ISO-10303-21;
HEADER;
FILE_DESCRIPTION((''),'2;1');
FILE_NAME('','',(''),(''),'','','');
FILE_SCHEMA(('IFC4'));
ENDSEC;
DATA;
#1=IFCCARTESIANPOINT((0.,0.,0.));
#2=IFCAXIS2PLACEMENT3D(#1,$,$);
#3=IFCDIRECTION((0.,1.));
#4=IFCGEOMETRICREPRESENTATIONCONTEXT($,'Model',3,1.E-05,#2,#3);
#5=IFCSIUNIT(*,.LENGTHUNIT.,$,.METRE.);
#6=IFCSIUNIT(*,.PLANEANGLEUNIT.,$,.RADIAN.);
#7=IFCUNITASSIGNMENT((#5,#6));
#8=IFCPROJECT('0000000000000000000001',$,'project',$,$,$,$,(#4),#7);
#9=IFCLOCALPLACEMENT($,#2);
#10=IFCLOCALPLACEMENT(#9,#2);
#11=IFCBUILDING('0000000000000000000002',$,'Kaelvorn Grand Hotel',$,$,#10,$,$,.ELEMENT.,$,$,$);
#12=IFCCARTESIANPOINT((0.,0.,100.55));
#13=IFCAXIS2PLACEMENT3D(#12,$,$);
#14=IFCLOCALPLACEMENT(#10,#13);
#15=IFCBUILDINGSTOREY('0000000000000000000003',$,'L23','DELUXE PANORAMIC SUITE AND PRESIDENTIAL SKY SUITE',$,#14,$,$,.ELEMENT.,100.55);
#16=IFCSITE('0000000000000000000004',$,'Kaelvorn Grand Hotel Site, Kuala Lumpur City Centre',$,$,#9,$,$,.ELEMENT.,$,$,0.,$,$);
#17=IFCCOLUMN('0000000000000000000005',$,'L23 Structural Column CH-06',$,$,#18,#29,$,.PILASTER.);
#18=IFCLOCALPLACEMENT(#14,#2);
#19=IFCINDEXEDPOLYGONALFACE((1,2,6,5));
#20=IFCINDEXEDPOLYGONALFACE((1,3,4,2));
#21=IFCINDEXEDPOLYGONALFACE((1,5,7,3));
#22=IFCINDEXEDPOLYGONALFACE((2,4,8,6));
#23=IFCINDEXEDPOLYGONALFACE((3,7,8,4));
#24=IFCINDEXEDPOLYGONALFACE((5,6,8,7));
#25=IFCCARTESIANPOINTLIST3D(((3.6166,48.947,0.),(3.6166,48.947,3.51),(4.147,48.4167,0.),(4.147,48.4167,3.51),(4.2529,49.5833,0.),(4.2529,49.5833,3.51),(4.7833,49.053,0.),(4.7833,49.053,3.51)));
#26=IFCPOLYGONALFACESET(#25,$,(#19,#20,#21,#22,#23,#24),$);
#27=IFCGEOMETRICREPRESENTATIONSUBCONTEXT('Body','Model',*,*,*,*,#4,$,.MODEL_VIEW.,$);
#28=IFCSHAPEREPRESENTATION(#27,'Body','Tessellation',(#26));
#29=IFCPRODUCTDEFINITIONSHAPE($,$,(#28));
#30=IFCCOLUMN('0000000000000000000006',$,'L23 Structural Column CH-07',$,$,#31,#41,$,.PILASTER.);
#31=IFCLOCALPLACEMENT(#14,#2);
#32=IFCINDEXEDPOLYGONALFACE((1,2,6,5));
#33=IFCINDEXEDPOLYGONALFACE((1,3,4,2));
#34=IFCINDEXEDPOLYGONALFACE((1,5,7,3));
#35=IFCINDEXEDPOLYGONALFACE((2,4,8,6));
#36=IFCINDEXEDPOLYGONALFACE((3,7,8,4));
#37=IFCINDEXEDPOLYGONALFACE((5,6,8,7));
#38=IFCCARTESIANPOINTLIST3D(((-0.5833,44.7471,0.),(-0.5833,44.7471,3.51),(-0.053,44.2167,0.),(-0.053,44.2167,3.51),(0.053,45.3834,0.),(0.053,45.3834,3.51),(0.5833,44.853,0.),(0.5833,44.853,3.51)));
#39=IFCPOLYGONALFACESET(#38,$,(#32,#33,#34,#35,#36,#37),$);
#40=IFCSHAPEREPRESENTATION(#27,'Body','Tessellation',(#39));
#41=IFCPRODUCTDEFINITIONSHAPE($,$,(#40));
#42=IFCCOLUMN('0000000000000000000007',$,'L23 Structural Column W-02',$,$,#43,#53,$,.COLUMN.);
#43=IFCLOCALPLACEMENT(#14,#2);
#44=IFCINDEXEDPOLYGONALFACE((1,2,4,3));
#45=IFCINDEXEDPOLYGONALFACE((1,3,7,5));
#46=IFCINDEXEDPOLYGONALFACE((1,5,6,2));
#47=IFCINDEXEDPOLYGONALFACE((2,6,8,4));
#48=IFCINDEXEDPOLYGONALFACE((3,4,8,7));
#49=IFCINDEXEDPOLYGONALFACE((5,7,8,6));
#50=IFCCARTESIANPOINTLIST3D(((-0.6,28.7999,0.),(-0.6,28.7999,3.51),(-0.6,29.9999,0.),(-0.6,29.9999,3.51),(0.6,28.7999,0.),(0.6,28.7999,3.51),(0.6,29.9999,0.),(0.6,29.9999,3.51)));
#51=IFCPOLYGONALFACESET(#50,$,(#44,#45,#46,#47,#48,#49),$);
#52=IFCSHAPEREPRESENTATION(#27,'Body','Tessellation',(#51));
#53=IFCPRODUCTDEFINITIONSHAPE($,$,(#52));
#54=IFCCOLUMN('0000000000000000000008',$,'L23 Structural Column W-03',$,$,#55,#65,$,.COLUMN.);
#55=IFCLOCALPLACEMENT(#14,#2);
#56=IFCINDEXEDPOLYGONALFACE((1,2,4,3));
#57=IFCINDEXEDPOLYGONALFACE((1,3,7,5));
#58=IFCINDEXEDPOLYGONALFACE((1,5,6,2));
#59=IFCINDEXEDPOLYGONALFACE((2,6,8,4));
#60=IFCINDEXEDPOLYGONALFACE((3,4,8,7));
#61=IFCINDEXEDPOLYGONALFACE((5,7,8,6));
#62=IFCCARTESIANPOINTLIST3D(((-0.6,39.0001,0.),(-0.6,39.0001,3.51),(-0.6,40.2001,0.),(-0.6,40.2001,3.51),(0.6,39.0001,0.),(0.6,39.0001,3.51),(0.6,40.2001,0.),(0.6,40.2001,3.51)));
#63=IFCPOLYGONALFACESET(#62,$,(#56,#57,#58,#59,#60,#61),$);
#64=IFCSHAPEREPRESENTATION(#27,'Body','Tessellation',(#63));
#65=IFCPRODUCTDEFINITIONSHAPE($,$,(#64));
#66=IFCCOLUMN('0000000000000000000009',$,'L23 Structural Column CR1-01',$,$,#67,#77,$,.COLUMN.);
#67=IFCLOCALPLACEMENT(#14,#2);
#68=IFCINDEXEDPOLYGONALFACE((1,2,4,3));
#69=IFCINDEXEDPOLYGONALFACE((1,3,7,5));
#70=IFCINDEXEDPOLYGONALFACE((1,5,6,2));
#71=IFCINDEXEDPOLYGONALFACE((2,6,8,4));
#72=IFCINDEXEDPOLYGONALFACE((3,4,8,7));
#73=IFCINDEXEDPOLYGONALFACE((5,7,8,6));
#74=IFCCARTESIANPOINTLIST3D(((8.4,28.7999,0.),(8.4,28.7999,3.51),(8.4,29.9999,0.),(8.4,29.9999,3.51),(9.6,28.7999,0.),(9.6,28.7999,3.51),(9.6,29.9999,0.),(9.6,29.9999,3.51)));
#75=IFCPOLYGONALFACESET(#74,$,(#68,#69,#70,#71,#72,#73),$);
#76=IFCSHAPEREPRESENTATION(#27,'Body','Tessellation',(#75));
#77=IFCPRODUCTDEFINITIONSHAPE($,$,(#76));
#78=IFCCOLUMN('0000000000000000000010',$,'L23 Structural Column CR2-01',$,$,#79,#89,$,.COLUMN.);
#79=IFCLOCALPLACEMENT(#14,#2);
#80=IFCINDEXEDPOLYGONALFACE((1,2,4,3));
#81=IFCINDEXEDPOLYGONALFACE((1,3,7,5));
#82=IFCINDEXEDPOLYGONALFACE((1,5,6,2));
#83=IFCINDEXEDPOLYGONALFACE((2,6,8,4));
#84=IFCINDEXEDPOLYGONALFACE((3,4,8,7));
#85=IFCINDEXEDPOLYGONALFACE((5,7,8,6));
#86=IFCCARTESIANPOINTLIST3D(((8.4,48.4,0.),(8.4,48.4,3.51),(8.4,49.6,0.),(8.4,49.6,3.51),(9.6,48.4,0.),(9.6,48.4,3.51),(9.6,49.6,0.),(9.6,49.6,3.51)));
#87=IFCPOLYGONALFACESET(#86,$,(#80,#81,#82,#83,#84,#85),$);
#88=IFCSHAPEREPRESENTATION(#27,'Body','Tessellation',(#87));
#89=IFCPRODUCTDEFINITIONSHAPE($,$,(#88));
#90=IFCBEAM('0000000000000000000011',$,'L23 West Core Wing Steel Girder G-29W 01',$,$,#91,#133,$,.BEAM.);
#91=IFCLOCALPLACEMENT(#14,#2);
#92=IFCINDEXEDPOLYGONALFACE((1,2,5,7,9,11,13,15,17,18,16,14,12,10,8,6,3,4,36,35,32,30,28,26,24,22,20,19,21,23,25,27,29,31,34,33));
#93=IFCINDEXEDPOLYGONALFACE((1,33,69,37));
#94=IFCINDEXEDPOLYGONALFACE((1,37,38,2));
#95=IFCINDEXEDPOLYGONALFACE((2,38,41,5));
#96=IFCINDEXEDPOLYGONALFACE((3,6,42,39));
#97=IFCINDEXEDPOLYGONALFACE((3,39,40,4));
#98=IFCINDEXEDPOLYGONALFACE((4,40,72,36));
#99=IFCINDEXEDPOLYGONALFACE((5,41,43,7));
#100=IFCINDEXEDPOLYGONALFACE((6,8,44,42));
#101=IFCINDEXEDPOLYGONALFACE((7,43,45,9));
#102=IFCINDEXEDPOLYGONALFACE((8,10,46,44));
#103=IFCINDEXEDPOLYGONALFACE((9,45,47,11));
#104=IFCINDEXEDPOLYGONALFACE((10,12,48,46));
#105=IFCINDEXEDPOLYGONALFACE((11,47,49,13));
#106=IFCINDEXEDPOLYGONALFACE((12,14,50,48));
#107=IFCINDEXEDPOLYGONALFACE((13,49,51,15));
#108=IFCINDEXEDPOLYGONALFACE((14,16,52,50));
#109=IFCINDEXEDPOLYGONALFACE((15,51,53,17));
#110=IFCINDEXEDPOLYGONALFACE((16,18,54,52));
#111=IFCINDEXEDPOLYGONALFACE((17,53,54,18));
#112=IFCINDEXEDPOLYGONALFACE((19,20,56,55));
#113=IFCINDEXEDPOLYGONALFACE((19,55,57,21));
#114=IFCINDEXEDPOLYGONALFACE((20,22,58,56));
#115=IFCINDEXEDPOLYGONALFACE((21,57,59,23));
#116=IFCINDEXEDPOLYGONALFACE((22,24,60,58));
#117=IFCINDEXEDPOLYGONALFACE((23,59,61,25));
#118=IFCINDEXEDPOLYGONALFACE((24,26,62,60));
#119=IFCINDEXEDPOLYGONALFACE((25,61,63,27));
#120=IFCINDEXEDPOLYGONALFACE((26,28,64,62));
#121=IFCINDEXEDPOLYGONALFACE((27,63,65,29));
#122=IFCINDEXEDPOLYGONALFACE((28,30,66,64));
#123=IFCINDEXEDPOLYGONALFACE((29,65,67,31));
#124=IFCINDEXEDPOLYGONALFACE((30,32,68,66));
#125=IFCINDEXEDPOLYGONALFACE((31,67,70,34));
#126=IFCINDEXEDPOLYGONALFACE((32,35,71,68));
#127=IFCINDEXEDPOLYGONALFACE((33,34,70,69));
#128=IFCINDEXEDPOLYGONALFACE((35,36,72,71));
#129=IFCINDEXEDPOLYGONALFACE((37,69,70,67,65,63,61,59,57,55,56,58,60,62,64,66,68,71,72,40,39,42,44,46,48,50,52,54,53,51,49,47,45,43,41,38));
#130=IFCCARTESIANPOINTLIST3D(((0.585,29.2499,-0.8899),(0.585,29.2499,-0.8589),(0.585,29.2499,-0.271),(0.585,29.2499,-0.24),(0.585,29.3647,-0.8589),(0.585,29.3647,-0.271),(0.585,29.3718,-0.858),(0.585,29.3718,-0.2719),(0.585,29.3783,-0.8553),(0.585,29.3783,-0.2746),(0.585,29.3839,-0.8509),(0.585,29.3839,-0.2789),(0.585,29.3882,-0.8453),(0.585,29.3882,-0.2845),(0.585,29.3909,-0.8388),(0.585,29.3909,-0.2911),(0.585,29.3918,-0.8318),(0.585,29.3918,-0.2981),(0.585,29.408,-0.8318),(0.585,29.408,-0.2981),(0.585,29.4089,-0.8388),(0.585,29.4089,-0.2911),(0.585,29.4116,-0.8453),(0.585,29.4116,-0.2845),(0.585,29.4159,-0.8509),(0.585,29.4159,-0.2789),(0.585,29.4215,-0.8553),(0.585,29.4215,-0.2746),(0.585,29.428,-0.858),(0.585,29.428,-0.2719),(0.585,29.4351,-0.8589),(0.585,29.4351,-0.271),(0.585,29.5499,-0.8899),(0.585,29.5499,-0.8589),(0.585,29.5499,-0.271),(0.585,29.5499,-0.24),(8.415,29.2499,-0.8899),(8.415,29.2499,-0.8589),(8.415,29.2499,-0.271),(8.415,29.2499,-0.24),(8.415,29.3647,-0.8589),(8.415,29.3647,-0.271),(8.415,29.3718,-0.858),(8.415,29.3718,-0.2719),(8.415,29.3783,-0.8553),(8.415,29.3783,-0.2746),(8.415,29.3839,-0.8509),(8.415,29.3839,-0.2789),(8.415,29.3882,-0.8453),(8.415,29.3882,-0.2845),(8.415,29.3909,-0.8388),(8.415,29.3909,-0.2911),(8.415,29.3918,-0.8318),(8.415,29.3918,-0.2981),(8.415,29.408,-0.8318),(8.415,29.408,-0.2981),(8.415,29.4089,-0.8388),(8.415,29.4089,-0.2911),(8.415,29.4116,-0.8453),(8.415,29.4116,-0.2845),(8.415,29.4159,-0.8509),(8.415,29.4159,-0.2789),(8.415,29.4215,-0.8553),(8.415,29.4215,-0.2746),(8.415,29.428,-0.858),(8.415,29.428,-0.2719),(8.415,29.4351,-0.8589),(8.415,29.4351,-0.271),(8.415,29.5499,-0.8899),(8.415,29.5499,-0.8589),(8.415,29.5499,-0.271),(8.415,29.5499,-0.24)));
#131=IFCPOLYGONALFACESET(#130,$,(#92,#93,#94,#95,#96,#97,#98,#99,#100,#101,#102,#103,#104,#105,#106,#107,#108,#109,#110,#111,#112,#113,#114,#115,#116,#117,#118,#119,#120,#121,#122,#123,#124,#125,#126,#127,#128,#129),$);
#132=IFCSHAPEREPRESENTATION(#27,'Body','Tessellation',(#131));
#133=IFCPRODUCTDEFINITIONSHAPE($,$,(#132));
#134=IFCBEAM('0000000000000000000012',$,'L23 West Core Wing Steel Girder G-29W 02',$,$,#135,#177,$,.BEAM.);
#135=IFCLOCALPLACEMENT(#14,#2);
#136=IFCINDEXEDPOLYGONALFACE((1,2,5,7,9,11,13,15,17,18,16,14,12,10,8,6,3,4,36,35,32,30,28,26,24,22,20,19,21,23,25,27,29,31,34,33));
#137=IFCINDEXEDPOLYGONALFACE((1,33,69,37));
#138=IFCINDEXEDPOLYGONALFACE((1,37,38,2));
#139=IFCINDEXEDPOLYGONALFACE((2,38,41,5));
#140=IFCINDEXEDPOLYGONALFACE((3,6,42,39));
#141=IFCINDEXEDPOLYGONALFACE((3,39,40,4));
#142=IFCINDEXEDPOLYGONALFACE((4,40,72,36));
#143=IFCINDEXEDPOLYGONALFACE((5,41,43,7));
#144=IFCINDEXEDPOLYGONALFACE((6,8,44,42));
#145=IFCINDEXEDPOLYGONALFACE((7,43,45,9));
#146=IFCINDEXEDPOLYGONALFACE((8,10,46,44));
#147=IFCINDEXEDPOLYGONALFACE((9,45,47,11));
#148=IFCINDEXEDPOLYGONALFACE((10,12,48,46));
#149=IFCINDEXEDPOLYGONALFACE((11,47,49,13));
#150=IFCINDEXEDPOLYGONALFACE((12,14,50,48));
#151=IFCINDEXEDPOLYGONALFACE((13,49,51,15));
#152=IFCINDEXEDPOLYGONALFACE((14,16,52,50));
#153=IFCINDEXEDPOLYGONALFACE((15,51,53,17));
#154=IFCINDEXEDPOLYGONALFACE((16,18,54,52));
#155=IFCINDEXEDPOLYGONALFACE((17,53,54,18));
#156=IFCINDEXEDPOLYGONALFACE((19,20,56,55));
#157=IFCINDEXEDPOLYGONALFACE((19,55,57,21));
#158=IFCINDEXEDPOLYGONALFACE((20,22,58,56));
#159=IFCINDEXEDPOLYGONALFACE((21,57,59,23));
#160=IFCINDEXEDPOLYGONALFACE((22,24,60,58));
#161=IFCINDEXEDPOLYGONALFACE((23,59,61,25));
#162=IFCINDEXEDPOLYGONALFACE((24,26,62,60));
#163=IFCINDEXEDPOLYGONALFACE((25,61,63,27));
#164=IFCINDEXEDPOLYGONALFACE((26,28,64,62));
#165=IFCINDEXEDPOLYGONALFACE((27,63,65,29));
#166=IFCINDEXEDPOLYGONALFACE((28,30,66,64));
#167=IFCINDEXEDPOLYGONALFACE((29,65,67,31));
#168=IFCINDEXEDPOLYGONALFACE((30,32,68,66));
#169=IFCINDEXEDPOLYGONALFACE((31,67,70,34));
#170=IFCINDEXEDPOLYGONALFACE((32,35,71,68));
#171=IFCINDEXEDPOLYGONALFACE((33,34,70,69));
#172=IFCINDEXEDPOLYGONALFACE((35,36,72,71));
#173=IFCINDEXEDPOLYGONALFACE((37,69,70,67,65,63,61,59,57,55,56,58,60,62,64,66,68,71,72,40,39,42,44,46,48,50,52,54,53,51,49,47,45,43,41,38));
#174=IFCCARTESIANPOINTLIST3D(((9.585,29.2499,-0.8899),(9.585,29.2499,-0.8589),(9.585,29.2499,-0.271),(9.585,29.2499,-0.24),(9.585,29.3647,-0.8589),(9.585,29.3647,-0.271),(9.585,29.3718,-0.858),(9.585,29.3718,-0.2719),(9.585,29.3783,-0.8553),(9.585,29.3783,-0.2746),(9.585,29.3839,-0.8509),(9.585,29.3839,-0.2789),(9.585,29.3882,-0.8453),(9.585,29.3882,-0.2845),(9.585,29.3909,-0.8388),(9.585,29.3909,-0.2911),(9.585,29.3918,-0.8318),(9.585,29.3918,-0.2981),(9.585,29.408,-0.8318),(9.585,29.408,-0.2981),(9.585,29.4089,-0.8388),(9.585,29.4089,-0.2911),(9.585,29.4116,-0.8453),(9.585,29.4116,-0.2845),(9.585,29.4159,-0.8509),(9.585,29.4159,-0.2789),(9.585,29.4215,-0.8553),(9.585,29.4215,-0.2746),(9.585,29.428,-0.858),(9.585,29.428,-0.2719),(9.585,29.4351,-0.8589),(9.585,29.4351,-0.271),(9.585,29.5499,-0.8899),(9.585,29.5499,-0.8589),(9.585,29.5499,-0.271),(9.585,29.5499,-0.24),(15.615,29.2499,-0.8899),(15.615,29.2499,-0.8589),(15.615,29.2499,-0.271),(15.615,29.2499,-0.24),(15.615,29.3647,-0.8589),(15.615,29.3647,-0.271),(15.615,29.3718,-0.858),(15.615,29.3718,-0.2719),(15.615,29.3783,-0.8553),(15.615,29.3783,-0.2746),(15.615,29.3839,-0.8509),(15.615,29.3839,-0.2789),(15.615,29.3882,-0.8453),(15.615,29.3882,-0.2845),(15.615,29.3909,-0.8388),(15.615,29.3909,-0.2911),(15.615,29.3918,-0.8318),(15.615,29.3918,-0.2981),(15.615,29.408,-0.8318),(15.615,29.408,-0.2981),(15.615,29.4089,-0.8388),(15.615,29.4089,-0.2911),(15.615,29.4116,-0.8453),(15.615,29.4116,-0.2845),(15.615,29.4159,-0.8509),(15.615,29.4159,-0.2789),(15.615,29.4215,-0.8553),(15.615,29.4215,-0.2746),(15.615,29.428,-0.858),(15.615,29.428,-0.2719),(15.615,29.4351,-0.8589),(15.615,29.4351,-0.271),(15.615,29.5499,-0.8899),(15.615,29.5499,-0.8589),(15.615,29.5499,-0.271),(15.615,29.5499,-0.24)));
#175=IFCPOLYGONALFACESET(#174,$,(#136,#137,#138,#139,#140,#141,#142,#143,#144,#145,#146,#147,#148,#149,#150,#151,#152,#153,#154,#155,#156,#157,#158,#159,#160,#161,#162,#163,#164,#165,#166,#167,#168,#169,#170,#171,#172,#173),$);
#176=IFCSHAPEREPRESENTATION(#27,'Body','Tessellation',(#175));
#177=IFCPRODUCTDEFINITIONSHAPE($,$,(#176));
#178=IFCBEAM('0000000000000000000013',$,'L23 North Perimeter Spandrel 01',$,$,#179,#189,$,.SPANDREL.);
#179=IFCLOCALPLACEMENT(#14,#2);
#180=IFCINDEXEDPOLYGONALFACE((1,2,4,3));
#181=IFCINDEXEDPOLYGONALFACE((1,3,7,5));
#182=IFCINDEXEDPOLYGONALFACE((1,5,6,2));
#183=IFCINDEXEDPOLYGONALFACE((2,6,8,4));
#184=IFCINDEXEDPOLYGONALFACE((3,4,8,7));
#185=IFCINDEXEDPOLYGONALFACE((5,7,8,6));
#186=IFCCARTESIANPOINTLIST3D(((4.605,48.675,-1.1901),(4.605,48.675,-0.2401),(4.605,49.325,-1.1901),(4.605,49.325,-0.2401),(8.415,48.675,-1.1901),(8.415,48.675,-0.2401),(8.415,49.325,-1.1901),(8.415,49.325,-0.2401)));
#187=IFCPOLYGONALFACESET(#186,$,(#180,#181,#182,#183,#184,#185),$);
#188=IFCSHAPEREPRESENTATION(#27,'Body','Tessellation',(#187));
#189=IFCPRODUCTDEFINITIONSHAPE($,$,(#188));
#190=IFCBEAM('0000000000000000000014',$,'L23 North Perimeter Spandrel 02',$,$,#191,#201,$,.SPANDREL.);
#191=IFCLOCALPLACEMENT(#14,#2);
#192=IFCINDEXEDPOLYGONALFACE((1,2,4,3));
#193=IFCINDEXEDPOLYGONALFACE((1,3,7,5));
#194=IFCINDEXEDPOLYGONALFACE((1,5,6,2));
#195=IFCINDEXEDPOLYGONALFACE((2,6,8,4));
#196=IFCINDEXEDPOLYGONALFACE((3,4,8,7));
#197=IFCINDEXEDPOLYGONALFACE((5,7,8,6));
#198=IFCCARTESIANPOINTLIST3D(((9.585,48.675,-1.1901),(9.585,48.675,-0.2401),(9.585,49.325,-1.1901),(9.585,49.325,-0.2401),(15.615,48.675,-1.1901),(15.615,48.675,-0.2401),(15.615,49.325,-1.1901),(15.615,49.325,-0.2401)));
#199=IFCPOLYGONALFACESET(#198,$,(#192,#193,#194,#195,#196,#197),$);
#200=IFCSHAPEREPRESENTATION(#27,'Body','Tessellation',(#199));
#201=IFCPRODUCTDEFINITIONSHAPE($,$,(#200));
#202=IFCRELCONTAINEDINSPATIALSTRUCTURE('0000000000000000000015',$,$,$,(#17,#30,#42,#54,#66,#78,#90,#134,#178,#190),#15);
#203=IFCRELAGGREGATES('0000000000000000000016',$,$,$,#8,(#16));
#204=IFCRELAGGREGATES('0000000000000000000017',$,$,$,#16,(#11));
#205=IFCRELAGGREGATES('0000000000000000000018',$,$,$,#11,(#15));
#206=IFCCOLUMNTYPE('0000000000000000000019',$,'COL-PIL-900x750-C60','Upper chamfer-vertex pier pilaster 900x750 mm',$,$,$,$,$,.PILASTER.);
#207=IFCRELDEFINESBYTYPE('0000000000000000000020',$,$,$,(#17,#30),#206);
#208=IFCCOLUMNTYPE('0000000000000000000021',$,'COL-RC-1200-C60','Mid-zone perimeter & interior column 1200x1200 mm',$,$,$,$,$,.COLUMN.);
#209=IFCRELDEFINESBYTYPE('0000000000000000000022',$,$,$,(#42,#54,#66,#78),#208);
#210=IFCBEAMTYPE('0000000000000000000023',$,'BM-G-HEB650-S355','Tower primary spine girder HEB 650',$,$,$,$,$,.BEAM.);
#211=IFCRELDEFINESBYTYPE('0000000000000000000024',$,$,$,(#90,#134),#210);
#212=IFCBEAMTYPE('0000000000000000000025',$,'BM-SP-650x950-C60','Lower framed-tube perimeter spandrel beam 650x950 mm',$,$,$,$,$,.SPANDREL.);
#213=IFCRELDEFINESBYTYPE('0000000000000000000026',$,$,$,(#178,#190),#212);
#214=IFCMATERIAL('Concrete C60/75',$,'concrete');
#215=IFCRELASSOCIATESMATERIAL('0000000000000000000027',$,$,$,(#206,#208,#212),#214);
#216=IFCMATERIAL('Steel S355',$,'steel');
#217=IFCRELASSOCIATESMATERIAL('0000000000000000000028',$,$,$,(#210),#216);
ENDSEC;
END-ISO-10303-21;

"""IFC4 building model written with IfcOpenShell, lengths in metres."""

from ifc_helpers import new_model, si_unit, direction, frame, origin, origin_2d, place, context, subcontext, project, spatial, rectangle, i_section, extrude, material, material_profile, profile_set, type_object, element, save


model = new_model("IFC4")

# Units and contexts
model_context = context("Model", 3, precision=1e-05, world=origin(), true_north=direction((0.0, 1.0)))
body_context = subcontext(model_context, "Body", "Model", "MODEL_VIEW")
ifc_project = project(units=[si_unit("LENGTHUNIT", "METRE"), si_unit("PLANEANGLEUNIT", "RADIAN")], contexts=[model_context])

# Site, building, storey
site_placement = place(None, origin())
site = spatial("IfcSite", under=ifc_project, at=site_placement, Name="Kaelvorn Grand Hotel Site, Kuala Lumpur City Centre", CompositionType="ELEMENT", RefElevation=0.0)
building_placement = place(site_placement, origin())
building = spatial("IfcBuilding", under=site, at=building_placement, Name="Kaelvorn Grand Hotel", CompositionType="ELEMENT")
storey_placement = place(building_placement, frame((0.0, 0.0, 100.55)))
storey = spatial("IfcBuildingStorey", under=building, at=storey_placement, Name="L23", Description="DELUXE PANORAMIC SUITE AND PRESIDENTIAL SKY SUITE", CompositionType="ELEMENT", Elevation=100.55)

# Columns
ifc_material_1 = material(Name="Concrete C60/75", Category="concrete")
ifc_material_profile_1 = material_profile(ifc_material_1, rectangle(XDim=0.8999, YDim=0.75, at=origin_2d()), Name="RC PILASTER 900x750")
ifc_profile_set_1 = profile_set([ifc_material_profile_1], Name="Concrete C60/75")
column_type_1 = type_object("IfcColumnType", Name="COL-PIL-900x750-C60", Description="Upper chamfer-vertex pier pilaster 900x750 mm", PredefinedType="PILASTER", material=ifc_profile_set_1)
for number, where, z_axis, x_axis, name in (
    (1, (4.2, 49.0, 0.0), (0.0, 0.0, 1.0), (0.707107, 0.707107, 0.0), "L23 Structural Column CH-06"),
    (2, (0.0, 44.8, 0.0), (0.0, 0.0, 1.0), (0.707107, 0.707107, 0.0), "L23 Structural Column CH-07"),
):
    element("IfcColumn", number, at=place(storey_placement, frame(where, z_axis=z_axis, x_axis=x_axis)), inside=storey, type_object=column_type_1, Name=name, PredefinedType="PILASTER", context=body_context, shape_type="SweptSolid", body=[
        extrude(rectangle(XDim=0.8999, YDim=0.75, at=origin_2d()), origin(), (0.0, 0.0, 1.0), 3.51),
    ])
ifc_material_profile_2 = material_profile(ifc_material_1, rectangle(XDim=1.2, YDim=1.2, at=origin_2d()), Name="RC COL 1200x1200")
ifc_profile_set_2 = profile_set([ifc_material_profile_2], Name="Concrete C60/75")
column_type_2 = type_object("IfcColumnType", Name="COL-RC-1200-C60", Description="Mid-zone perimeter & interior column 1200x1200 mm", PredefinedType="COLUMN", material=ifc_profile_set_2)
for number, where, z_axis, x_axis, name in (
    (3, (0.0, 29.3999, 0.0), (0.0, 0.0, 1.0), (1.0, 0.0, 0.0), "L23 Structural Column W-02"),
    (4, (0.0, 39.6001, 0.0), (0.0, 0.0, 1.0), (1.0, 0.0, 0.0), "L23 Structural Column W-03"),
    (5, (9.0, 29.3999, 0.0), (0.0, 0.0, 1.0), (1.0, 0.0, 0.0), "L23 Structural Column CR1-01"),
    (6, (9.0, 49.0, 0.0), (0.0, 0.0, 1.0), (1.0, 0.0, 0.0), "L23 Structural Column CR2-01"),
):
    element("IfcColumn", number, at=place(storey_placement, frame(where, z_axis=z_axis, x_axis=x_axis)), inside=storey, type_object=column_type_2, Name=name, PredefinedType="COLUMN", context=body_context, shape_type="SweptSolid", body=[
        extrude(rectangle(XDim=1.2, YDim=1.2, at=origin_2d()), origin(), (0.0, 0.0, 1.0), 3.51),
    ])

# Beams
ifc_material_2 = material(Name="Steel S355", Category="steel")
ifc_material_profile_3 = material_profile(ifc_material_2, i_section(OverallWidth=0.3, OverallDepth=0.6499, WebThickness=0.0161, FlangeThickness=0.031, FilletRadius=0.0271, at=origin_2d()), Name="HEB 650")
ifc_profile_set_3 = profile_set([ifc_material_profile_3], Name="Steel S355")
beam_type_1 = type_object("IfcBeamType", Name="BM-G-HEB650-S355", Description="Tower primary spine girder HEB 650", PredefinedType="BEAM", material=ifc_profile_set_3)
beam_1_placement = place(storey_placement, frame((0.585, 29.3999, -0.5649), z_axis=(1.0, 0.0, 0.0), x_axis=(0.0, 1.0, 0.0)))
element("IfcBeam", 7, at=beam_1_placement, inside=storey, type_object=beam_type_1, Name="L23 West Core Wing Steel Girder G-29W 01", PredefinedType="BEAM", context=body_context, shape_type="SweptSolid", body=[
    extrude(i_section(OverallWidth=0.3, OverallDepth=0.6499, WebThickness=0.0161, FlangeThickness=0.031, FilletRadius=0.0271, at=origin_2d()), origin(), (0.0, 0.0, 1.0), 7.8301),
])
beam_2_placement = place(storey_placement, frame((9.585, 29.3999, -0.5649), z_axis=(1.0, 0.0, 0.0), x_axis=(0.0, 1.0, 0.0)))
element("IfcBeam", 8, at=beam_2_placement, inside=storey, type_object=beam_type_1, Name="L23 West Core Wing Steel Girder G-29W 02", PredefinedType="BEAM", context=body_context, shape_type="SweptSolid", body=[
    extrude(i_section(OverallWidth=0.3, OverallDepth=0.6499, WebThickness=0.0161, FlangeThickness=0.031, FilletRadius=0.0271, at=origin_2d()), origin(), (0.0, 0.0, 1.0), 6.03),
])
ifc_material_profile_4 = material_profile(ifc_material_1, rectangle(XDim=0.6499, YDim=0.95, at=origin_2d()), Name="RC SPANDREL 650x950")
ifc_profile_set_4 = profile_set([ifc_material_profile_4], Name="Concrete C60/75")
beam_type_2 = type_object("IfcBeamType", Name="BM-SP-650x950-C60", Description="Lower framed-tube perimeter spandrel beam 650x950 mm", PredefinedType="SPANDREL", material=ifc_profile_set_4)
beam_3_placement = place(storey_placement, frame((4.605, 49.0, -0.7151), z_axis=(1.0, 0.0, 0.0), x_axis=(0.0, 1.0, 0.0)))
element("IfcBeam", 9, at=beam_3_placement, inside=storey, type_object=beam_type_2, Name="L23 North Perimeter Spandrel 01", PredefinedType="SPANDREL", context=body_context, shape_type="SweptSolid", body=[
    extrude(rectangle(XDim=0.6499, YDim=0.95, at=origin_2d()), origin(), (0.0, 0.0, 1.0), 3.8101),
])
beam_4_placement = place(storey_placement, frame((9.585, 49.0, -0.7151), z_axis=(1.0, 0.0, 0.0), x_axis=(0.0, 1.0, 0.0)))
element("IfcBeam", 10, at=beam_4_placement, inside=storey, type_object=beam_type_2, Name="L23 North Perimeter Spandrel 02", PredefinedType="SPANDREL", context=body_context, shape_type="SweptSolid", body=[
    extrude(rectangle(XDim=0.6499, YDim=0.95, at=origin_2d()), origin(), (0.0, 0.0, 1.0), 6.03),
])

save(model, "model.ifc")
